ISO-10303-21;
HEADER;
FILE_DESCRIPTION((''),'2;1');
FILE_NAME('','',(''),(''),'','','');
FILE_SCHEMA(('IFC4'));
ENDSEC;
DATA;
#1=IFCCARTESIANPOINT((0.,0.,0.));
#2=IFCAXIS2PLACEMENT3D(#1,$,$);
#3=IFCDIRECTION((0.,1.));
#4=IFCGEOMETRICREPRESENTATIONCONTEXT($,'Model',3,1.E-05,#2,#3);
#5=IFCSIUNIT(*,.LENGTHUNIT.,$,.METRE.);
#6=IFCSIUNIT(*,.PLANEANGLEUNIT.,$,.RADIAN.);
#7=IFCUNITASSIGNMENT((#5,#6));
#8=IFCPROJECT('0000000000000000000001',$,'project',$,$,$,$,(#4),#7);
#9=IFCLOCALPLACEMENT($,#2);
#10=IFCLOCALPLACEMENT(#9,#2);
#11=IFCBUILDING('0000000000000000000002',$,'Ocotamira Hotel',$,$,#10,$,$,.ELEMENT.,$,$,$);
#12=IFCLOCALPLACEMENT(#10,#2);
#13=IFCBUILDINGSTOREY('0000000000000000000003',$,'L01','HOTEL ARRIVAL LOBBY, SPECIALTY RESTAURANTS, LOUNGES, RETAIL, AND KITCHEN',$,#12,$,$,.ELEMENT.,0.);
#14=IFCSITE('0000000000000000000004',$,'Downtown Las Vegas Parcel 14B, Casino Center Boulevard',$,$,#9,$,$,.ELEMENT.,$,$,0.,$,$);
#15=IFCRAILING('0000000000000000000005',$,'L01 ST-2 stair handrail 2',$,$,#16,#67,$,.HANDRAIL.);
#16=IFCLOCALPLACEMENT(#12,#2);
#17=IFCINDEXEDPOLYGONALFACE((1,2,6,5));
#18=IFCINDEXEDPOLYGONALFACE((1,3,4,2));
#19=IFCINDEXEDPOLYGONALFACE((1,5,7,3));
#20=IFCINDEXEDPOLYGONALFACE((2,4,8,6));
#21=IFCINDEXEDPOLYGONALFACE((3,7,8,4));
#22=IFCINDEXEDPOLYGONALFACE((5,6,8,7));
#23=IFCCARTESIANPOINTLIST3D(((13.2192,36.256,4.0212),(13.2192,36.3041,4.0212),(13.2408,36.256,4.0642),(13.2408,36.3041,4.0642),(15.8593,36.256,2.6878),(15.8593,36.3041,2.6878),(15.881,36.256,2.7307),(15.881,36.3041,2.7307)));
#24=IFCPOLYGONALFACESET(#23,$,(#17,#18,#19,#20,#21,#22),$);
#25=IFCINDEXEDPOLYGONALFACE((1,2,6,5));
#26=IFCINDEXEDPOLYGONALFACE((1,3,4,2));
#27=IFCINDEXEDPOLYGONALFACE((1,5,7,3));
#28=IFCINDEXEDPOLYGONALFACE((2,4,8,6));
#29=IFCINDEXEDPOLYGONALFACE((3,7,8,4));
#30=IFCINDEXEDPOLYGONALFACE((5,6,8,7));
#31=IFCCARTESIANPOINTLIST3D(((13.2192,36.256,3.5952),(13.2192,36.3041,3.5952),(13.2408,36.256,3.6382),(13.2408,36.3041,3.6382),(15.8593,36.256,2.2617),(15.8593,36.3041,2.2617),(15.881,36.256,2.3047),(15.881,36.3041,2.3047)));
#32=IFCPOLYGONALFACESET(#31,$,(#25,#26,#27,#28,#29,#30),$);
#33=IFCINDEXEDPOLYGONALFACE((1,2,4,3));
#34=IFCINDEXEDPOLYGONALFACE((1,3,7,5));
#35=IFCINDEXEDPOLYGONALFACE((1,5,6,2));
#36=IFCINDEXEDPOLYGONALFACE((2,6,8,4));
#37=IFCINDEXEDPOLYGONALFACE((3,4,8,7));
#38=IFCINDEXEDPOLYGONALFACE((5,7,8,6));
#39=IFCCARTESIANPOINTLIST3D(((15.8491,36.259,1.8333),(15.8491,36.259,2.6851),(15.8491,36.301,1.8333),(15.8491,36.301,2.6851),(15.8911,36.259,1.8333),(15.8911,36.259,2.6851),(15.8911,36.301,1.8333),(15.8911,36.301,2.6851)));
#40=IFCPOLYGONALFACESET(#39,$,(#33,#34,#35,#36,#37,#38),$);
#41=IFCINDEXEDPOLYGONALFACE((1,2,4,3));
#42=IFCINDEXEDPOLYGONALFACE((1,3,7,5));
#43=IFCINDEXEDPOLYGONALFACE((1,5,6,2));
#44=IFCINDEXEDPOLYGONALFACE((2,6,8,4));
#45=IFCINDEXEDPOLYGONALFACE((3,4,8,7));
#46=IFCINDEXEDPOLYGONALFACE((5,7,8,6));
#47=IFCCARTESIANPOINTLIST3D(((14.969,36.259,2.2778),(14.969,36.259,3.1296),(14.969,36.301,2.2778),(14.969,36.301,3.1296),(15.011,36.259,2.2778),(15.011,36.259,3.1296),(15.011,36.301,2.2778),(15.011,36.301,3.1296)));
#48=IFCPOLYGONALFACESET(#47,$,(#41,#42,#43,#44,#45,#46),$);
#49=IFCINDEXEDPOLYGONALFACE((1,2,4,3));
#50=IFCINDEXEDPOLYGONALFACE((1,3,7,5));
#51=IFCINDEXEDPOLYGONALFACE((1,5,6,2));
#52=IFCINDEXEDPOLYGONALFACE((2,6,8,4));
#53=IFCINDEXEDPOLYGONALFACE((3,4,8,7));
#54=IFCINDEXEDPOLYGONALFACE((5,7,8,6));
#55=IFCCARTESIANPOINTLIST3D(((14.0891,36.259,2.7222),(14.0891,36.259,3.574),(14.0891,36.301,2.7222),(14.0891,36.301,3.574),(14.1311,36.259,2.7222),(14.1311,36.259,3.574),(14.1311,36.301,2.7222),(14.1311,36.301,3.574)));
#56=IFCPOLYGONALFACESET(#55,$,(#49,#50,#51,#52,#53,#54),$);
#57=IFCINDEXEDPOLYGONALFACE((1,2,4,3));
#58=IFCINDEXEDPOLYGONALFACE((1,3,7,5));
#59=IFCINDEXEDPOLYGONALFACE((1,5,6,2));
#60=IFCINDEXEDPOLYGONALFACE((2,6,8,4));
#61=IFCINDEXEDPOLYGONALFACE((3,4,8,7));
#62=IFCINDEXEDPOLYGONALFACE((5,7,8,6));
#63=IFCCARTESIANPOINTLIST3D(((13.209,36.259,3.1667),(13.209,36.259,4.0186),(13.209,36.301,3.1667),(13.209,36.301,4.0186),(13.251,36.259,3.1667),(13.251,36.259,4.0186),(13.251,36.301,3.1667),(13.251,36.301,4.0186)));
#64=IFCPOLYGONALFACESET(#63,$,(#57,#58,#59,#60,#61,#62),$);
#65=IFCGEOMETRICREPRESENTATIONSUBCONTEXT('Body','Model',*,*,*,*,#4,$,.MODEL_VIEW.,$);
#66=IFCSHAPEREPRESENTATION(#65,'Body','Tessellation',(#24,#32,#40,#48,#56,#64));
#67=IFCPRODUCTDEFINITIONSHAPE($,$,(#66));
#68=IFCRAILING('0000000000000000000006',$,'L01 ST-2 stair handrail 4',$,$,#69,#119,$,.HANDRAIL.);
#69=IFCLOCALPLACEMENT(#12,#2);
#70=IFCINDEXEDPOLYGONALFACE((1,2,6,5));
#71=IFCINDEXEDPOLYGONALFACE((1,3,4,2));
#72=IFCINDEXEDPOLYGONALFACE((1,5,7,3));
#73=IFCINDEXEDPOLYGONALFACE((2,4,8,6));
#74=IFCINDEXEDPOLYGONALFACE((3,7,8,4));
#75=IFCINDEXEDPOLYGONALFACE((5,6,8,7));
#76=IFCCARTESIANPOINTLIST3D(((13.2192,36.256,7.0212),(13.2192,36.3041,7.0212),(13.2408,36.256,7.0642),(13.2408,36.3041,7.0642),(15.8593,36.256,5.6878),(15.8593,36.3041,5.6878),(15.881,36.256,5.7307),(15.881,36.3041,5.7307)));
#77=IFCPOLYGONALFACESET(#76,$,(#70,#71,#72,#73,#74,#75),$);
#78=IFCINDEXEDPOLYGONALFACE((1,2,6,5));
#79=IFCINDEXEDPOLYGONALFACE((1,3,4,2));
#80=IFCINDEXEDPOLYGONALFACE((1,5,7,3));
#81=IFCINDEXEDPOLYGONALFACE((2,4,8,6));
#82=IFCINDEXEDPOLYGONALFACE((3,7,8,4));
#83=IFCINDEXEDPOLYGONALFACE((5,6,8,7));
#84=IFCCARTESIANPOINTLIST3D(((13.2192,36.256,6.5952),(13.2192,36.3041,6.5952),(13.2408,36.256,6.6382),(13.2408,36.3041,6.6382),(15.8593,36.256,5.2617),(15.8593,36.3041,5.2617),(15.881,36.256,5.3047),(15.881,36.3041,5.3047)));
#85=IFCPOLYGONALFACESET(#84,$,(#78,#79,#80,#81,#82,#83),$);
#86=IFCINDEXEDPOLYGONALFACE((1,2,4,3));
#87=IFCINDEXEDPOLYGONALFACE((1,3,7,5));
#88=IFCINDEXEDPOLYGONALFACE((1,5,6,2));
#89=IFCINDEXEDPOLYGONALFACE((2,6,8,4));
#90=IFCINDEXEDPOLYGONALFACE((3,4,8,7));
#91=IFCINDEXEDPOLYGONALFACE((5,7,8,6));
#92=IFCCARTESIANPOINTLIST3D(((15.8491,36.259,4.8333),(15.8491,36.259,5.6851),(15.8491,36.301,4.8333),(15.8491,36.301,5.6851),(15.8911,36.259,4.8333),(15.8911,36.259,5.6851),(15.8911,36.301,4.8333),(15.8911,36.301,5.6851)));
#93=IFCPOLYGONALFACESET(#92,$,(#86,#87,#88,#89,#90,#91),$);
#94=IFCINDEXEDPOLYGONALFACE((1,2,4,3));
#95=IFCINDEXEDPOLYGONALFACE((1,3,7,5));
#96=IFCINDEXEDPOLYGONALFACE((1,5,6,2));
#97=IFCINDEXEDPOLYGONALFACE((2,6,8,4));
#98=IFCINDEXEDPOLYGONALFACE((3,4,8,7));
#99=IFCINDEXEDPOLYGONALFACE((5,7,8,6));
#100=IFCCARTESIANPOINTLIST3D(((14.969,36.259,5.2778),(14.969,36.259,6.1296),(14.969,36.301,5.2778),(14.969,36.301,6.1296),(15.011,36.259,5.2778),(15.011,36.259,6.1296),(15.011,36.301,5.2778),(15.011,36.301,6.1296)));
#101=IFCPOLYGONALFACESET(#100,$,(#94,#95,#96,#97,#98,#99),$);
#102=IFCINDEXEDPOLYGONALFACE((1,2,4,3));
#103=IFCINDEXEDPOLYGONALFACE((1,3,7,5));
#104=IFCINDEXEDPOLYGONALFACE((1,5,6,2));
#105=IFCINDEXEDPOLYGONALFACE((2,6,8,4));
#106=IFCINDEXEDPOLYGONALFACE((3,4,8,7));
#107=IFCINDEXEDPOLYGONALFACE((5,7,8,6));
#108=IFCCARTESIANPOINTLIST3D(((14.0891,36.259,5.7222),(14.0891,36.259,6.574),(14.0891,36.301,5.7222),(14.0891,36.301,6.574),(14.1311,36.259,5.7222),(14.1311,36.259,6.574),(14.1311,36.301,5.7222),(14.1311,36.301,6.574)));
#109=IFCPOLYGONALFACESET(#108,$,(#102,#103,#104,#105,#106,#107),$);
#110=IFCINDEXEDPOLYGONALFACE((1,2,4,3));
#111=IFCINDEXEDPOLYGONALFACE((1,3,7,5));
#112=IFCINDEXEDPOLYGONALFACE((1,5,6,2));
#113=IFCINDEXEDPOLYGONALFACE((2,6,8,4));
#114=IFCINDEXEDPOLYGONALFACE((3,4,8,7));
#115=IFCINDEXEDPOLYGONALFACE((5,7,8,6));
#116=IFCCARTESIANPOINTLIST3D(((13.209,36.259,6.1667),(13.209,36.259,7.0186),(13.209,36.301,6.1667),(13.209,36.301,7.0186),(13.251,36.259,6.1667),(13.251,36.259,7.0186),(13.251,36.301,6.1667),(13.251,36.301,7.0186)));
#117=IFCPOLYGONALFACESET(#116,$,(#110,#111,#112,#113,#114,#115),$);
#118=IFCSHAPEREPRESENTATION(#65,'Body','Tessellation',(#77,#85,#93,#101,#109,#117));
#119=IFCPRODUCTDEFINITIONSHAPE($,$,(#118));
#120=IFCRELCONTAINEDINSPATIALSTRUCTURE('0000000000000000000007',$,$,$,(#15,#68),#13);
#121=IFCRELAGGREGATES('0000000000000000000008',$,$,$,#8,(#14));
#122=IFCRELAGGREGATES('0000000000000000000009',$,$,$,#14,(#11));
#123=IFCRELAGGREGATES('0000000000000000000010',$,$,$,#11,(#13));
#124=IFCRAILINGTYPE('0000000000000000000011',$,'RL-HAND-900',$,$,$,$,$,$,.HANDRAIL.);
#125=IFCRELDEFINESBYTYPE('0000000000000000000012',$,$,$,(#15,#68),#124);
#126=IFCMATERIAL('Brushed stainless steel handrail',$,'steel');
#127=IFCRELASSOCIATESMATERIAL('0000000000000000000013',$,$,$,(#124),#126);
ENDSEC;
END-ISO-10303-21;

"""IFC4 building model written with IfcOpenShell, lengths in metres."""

from ifc_helpers import new_model, si_unit, direction, frame, origin, origin_2d, place, context, subcontext, project, spatial, rectangle, extrude, material, type_object, element, save


model = new_model("IFC4")

# Units and contexts
model_context = context("Model", 3, precision=1e-05, world=origin(), true_north=direction((0.0, 1.0)))
body_context = subcontext(model_context, "Body", "Model", "MODEL_VIEW")
ifc_project = project(units=[si_unit("LENGTHUNIT", "METRE"), si_unit("PLANEANGLEUNIT", "RADIAN")], contexts=[model_context])

# Site, building, storey
site_placement = place(None, origin())
site = spatial("IfcSite", under=ifc_project, at=site_placement, Name="Downtown Las Vegas Parcel 14B, Casino Center Boulevard", CompositionType="ELEMENT", RefElevation=0.0)
building_placement = place(site_placement, origin())
building = spatial("IfcBuilding", under=site, at=building_placement, Name="Ocotamira Hotel", CompositionType="ELEMENT")
storey_placement = place(building_placement, origin())
storey = spatial("IfcBuildingStorey", under=building, at=storey_placement, Name="L01", Description="HOTEL ARRIVAL LOBBY, SPECIALTY RESTAURANTS, LOUNGES, RETAIL, AND KITCHEN", CompositionType="ELEMENT", Elevation=0.0)

# Railings
ifc_material_1 = material(Name="Brushed stainless steel handrail", Category="steel")
railing_type = type_object("IfcRailingType", Name="RL-HAND-900", PredefinedType="HANDRAIL", material=ifc_material_1)
for number, where, name in (
    (1, (15.8701, 36.28, 1.8333), "L01 ST-2 stair handrail 2"),
    (2, (15.8701, 36.28, 4.8333), "L01 ST-2 stair handrail 4"),
):
    element("IfcRailing", number, at=place(storey_placement, frame(where)), inside=storey, type_object=railing_type, Name=name, PredefinedType="HANDRAIL", context=body_context, shape_type="SweptSolid", body=[
        extrude(rectangle(XDim=0.0481, YDim=0.0481, at=origin_2d()), frame((0.0, 0.0, 0.876), z_axis=(-0.892604, 0.0, 0.450842), x_axis=(0.0, -1.0, 0.0)), (0.0, 0.0, 1.0), 2.9578),
        extrude(rectangle(XDim=0.0481, YDim=0.0481, at=origin_2d()), frame((0.0, 0.0, 0.45), z_axis=(-0.892604, 0.0, 0.450842), x_axis=(0.0, -1.0, 0.0)), (0.0, 0.0, 1.0), 2.9578),
        extrude(rectangle(XDim=0.042, YDim=0.042, at=origin_2d()), origin(), (0.0, 0.0, 1.0), 0.8518),
        extrude(rectangle(XDim=0.042, YDim=0.042, at=origin_2d()), frame((-0.8801, 0.0, 0.4446)), (0.0, 0.0, 1.0), 0.8518),
        extrude(rectangle(XDim=0.042, YDim=0.042, at=origin_2d()), frame((-1.76, 0.0, 0.8889)), (0.0, 0.0, 1.0), 0.8518),
        extrude(rectangle(XDim=0.042, YDim=0.042, at=origin_2d()), frame((-2.6401, 0.0, 1.3335)), (0.0, 0.0, 1.0), 0.8518),
    ])

save(model, "model.ifc")
